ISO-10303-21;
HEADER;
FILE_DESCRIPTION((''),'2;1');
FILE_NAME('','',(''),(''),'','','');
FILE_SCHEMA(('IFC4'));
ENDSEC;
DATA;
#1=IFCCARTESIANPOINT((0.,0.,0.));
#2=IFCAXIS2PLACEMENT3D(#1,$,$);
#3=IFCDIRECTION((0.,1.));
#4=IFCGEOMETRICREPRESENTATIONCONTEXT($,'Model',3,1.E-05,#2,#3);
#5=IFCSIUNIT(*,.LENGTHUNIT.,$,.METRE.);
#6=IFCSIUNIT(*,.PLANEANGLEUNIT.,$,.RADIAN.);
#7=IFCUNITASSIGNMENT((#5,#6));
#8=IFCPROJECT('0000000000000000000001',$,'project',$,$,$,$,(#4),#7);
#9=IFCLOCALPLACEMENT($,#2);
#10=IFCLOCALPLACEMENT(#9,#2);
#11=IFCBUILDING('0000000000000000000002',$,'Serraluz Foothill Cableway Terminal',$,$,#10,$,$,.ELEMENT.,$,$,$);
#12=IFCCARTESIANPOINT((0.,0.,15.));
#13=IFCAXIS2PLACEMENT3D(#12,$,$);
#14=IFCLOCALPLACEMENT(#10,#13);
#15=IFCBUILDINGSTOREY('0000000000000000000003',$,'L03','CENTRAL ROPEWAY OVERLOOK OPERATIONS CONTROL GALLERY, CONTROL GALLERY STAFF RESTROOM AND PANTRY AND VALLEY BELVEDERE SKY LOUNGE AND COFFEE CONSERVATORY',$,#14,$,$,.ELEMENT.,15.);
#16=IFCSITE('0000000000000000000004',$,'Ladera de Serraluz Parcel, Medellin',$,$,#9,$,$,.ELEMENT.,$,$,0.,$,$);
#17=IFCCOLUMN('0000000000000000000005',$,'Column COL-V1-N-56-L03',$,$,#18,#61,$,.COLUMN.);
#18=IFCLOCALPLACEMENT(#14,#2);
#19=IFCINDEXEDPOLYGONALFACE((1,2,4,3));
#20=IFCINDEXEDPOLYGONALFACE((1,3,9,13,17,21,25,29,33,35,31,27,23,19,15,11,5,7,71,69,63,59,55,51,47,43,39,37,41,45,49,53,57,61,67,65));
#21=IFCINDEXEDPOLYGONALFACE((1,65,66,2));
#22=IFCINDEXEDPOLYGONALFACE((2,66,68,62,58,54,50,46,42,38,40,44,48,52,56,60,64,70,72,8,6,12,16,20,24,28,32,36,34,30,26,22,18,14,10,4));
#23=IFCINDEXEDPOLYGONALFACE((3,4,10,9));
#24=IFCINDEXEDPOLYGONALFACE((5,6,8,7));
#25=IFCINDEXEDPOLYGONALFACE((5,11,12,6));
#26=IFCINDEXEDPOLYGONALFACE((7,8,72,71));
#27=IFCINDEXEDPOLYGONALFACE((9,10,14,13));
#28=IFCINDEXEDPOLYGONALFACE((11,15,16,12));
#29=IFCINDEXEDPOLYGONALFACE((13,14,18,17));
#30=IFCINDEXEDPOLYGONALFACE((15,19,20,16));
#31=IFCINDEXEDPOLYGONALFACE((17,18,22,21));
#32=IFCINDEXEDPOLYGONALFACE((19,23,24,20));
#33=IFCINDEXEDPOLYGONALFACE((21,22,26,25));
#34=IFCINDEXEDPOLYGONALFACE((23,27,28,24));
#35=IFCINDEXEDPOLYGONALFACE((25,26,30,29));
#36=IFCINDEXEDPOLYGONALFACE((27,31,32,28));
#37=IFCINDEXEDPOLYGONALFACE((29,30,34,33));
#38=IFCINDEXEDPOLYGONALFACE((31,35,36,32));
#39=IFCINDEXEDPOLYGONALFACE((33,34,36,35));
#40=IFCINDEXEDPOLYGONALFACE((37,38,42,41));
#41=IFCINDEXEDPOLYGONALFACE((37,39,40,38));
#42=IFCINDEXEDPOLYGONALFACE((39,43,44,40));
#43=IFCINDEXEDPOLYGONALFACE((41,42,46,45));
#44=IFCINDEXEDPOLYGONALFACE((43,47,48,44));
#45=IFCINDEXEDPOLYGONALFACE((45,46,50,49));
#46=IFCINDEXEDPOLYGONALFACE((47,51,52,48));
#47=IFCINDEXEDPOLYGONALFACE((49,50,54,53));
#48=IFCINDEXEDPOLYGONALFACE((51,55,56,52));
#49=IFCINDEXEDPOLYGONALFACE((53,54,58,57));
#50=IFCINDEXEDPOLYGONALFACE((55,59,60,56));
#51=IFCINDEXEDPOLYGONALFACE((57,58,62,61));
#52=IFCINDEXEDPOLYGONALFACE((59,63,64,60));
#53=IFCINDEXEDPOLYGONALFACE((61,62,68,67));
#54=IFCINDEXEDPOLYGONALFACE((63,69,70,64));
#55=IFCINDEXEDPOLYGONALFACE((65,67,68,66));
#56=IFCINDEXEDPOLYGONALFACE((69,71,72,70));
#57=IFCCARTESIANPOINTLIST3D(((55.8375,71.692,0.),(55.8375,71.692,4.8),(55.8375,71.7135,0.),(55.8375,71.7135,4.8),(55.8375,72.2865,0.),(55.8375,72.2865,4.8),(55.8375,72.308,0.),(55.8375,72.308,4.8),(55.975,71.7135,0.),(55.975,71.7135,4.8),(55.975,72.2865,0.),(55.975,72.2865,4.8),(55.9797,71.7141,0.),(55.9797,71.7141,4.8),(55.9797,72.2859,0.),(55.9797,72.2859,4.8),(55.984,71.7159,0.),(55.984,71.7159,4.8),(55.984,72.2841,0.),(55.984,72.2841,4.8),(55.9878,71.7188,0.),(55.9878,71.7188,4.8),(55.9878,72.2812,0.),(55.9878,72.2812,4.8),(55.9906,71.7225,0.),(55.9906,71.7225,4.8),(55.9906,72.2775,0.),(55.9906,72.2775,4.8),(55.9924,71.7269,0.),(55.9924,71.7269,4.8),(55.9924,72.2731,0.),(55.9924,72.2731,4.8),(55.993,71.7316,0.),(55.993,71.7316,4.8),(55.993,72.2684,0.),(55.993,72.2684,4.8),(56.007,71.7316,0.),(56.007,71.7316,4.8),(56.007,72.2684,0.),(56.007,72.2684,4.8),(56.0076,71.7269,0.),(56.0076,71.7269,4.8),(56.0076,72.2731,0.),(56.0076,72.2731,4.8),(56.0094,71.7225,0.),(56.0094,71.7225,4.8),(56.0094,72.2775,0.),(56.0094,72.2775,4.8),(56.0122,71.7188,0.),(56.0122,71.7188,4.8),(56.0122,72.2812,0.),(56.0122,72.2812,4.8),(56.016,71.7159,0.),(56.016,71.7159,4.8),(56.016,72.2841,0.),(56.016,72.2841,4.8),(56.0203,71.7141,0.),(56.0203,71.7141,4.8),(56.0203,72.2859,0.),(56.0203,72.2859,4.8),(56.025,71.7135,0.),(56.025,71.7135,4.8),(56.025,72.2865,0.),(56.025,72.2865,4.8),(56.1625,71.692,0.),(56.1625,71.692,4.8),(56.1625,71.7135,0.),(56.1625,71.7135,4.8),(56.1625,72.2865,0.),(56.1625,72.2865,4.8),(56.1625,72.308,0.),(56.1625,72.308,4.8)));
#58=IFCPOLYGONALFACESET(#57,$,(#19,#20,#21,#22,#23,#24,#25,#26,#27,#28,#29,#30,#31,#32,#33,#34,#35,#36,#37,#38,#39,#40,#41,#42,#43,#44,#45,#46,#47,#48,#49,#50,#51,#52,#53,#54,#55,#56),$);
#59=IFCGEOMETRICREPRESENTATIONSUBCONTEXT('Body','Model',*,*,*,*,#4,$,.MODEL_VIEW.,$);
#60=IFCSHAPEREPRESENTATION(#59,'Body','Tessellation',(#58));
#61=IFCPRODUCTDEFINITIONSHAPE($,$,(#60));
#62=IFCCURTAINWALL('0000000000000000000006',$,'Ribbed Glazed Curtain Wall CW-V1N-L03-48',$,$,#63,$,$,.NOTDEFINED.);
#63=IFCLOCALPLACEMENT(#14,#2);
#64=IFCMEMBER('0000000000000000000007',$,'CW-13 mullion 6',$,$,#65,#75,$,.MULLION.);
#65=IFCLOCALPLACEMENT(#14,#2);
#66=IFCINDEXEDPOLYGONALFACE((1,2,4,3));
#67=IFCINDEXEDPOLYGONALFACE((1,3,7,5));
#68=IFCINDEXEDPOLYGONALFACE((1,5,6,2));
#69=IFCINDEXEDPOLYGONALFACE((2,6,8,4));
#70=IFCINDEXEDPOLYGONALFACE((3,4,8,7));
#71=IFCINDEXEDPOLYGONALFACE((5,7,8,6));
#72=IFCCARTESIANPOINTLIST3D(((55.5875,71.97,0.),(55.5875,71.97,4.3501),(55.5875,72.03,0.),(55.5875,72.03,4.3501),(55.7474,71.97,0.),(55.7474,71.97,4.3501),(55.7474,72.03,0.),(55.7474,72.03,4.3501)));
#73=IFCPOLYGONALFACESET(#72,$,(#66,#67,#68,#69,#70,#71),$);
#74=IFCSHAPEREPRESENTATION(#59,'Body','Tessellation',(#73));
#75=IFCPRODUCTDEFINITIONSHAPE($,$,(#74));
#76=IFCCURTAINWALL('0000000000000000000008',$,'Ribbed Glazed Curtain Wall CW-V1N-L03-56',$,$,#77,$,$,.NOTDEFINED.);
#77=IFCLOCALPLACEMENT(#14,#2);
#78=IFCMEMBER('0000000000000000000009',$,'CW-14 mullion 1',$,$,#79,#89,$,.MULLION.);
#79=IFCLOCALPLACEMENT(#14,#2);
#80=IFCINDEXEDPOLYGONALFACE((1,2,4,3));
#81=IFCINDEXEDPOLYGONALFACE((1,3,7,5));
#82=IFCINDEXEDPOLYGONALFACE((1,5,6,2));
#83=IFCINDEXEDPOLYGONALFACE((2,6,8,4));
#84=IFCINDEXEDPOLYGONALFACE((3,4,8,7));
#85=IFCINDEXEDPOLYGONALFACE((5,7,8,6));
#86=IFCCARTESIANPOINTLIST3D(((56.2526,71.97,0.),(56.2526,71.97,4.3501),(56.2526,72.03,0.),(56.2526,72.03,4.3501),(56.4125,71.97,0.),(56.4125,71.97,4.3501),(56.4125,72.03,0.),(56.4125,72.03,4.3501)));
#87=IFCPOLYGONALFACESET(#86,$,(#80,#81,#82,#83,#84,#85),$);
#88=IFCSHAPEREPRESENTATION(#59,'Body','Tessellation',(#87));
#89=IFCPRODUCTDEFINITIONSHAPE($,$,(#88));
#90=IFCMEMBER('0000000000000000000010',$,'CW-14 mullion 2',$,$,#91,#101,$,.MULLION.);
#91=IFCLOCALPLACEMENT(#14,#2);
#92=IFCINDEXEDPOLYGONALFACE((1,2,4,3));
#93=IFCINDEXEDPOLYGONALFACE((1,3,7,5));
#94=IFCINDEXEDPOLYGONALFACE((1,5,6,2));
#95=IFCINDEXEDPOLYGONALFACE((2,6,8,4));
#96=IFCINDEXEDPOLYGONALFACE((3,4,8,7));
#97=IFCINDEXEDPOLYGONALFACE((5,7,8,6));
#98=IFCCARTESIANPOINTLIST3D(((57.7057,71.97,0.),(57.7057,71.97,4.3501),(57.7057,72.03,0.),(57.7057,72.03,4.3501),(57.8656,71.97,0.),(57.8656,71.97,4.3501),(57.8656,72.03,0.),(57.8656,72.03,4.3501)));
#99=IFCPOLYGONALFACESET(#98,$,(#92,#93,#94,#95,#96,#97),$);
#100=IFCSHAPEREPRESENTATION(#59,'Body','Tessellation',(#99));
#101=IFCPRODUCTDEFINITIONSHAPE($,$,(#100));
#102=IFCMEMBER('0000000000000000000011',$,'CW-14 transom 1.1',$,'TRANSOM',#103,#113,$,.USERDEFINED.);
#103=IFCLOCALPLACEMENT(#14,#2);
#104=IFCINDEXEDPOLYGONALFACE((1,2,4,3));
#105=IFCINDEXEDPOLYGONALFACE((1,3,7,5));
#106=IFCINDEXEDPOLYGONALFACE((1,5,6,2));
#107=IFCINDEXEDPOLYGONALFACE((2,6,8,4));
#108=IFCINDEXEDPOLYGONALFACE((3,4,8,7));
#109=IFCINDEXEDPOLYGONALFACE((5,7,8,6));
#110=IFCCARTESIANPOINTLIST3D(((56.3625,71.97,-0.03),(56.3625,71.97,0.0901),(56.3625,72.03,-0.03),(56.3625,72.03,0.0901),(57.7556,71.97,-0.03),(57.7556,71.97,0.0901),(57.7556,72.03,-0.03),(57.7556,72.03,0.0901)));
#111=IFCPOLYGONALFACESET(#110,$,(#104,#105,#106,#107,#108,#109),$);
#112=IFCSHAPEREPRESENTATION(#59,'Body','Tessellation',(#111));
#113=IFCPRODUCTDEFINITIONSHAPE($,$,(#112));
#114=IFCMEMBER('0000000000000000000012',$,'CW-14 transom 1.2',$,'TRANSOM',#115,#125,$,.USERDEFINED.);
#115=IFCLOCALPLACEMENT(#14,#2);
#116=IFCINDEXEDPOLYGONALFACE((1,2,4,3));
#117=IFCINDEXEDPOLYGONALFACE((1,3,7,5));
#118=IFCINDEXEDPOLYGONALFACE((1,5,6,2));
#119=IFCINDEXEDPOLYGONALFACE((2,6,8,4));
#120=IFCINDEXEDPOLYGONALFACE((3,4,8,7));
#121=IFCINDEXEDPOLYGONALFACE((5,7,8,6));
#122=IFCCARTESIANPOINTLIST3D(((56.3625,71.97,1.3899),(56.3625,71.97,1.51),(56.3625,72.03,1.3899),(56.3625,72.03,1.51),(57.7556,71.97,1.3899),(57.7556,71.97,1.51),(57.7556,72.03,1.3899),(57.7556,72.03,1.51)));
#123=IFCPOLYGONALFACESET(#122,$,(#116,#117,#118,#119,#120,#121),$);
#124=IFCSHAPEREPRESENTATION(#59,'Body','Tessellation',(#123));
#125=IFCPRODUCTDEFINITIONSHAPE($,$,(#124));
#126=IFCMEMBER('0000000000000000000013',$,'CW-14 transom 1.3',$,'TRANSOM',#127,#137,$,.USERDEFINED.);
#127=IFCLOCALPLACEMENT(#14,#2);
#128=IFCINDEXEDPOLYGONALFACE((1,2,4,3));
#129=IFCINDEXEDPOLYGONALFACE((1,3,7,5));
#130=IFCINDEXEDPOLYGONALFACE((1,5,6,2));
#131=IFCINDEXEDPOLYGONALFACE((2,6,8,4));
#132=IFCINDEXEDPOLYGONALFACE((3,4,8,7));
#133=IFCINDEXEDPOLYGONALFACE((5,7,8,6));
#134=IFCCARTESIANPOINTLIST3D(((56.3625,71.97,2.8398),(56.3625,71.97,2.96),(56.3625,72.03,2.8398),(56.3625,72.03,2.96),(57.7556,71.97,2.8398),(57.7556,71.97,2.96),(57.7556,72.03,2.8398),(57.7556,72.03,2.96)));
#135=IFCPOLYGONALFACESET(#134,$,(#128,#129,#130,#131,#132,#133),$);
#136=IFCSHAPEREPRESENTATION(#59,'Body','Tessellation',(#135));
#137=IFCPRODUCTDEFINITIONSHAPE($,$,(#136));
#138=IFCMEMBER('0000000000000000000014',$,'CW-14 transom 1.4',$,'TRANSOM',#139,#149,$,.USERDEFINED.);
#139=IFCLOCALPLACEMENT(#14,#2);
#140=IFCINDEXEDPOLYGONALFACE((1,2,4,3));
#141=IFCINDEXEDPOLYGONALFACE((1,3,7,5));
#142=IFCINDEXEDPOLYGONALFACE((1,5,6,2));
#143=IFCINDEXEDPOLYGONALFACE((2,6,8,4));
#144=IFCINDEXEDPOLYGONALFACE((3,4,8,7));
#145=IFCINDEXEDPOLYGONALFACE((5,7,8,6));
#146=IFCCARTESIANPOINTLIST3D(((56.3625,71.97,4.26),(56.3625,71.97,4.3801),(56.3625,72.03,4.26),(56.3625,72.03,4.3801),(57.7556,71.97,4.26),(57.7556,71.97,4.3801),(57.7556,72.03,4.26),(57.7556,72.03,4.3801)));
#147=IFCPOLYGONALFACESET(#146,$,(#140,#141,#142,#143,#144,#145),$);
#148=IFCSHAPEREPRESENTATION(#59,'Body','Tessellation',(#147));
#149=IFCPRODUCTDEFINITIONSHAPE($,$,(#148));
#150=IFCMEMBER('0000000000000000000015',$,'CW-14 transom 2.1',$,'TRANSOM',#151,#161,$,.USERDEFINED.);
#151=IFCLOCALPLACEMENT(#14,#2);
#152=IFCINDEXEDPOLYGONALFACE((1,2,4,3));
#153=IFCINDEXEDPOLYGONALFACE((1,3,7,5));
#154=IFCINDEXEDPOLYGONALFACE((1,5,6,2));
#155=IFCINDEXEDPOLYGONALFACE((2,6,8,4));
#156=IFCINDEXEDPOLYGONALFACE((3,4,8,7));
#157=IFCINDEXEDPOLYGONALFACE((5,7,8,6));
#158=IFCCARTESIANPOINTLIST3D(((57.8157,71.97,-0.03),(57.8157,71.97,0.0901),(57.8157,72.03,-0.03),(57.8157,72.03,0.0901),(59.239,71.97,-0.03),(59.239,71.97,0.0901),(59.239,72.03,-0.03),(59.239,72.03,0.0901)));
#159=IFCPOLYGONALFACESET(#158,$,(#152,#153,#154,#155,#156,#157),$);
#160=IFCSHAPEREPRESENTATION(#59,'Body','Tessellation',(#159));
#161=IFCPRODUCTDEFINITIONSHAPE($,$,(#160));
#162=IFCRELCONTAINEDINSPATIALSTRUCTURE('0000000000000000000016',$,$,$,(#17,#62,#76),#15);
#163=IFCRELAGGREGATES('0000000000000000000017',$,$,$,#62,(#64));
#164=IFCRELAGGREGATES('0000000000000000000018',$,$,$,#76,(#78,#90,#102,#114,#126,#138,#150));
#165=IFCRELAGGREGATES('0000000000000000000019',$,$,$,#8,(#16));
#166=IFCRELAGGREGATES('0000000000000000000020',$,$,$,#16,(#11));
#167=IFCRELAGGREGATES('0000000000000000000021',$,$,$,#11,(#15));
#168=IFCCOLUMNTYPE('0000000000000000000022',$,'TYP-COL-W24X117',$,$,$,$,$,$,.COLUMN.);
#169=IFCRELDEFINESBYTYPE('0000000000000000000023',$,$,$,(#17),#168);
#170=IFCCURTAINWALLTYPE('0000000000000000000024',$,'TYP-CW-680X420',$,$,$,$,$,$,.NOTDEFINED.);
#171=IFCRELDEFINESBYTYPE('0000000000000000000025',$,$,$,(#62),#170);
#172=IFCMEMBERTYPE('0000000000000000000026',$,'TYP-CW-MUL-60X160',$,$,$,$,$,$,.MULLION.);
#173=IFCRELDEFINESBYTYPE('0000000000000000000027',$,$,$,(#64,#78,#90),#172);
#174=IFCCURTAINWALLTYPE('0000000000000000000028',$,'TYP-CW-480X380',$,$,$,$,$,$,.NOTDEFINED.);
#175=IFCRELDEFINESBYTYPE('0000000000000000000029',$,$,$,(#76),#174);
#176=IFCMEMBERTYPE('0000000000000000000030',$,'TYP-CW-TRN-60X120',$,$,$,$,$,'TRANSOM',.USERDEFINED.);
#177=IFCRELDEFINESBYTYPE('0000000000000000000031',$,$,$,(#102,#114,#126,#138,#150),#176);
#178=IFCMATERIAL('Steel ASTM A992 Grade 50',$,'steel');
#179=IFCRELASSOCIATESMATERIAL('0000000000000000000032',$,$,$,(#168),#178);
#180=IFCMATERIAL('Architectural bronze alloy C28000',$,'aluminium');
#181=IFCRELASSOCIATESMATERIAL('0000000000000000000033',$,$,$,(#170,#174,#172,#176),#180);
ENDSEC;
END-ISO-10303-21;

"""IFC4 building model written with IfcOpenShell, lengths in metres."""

from ifc_helpers import new_model, si_unit, direction, frame, origin, origin_2d, place, context, subcontext, project, spatial, rectangle, i_section, extrude, material, material_profile, profile_set, type_object, element, aggregate, save


model = new_model("IFC4")

# Units and contexts
model_context = context("Model", 3, precision=1e-05, world=origin(), true_north=direction((0.0, 1.0)))
body_context = subcontext(model_context, "Body", "Model", "MODEL_VIEW")
ifc_project = project(units=[si_unit("LENGTHUNIT", "METRE"), si_unit("PLANEANGLEUNIT", "RADIAN")], contexts=[model_context])

# Site, building, storey
site_placement = place(None, origin())
site = spatial("IfcSite", under=ifc_project, at=site_placement, Name="Ladera de Serraluz Parcel, Medellin", CompositionType="ELEMENT", RefElevation=0.0)
building_placement = place(site_placement, origin())
building = spatial("IfcBuilding", under=site, at=building_placement, Name="Serraluz Foothill Cableway Terminal", CompositionType="ELEMENT")
storey_placement = place(building_placement, frame((0.0, 0.0, 15.0)))
storey = spatial("IfcBuildingStorey", under=building, at=storey_placement, Name="L03", Description="CENTRAL ROPEWAY OVERLOOK OPERATIONS CONTROL GALLERY, CONTROL GALLERY STAFF RESTROOM AND PANTRY AND VALLEY BELVEDERE SKY LOUNGE AND COFFEE CONSERVATORY", CompositionType="ELEMENT", Elevation=15.0)

# Column
ifc_material_1 = material(Name="Steel ASTM A992 Grade 50", Category="steel")
ifc_material_profile_1 = material_profile(ifc_material_1, i_section(OverallWidth=0.325, OverallDepth=0.616, WebThickness=0.0139, FlangeThickness=0.0215, FilletRadius=0.0181, at=origin_2d()), Name="W24X117")
ifc_profile_set_1 = profile_set([ifc_material_profile_1], Name="Steel ASTM A992 Grade 50")
column_type = type_object("IfcColumnType", Name="TYP-COL-W24X117", PredefinedType="COLUMN", material=ifc_profile_set_1)
column_placement = place(storey_placement, frame((56.0, 72.0, 0.0), z_axis=(0.0, 0.0, 1.0), x_axis=(1.0, 0.0, 0.0)))
element("IfcColumn", 1, at=column_placement, inside=storey, type_object=column_type, Name="Column COL-V1-N-56-L03", PredefinedType="COLUMN", context=body_context, shape_type="SweptSolid", body=[
    extrude(i_section(OverallWidth=0.325, OverallDepth=0.616, WebThickness=0.0139, FlangeThickness=0.0215, FilletRadius=0.0181, at=origin_2d()), origin(), (0.0, 0.0, 1.0), 4.8),
])

# Curtain wall, member
ifc_material_2 = material(Name="Architectural bronze alloy C28000", Category="aluminium")
curtain_wall_type_1 = type_object("IfcCurtainWallType", Name="TYP-CW-680X420", PredefinedType="NOTDEFINED", material=ifc_material_2)
curtain_wall_1_placement = place(storey_placement, origin())
curtain_wall_1 = element("IfcCurtainWall", 2, at=curtain_wall_1_placement, inside=storey, type_object=curtain_wall_type_1, Name="Ribbed Glazed Curtain Wall CW-V1N-L03-48", PredefinedType="NOTDEFINED")
ifc_material_profile_2 = material_profile(ifc_material_2, rectangle(XDim=0.0601, YDim=0.1599, at=origin_2d()), Name="ALU MULLION 60x160")
ifc_profile_set_2 = profile_set([ifc_material_profile_2], Name="Architectural bronze alloy C28000")
member_type_1 = type_object("IfcMemberType", Name="TYP-CW-MUL-60X160", PredefinedType="MULLION", material=ifc_profile_set_2)
member_1_placement = place(storey_placement, frame((55.6675, 72.0, 0.0), z_axis=(0.0, 0.0, 1.0), x_axis=(0.0, 1.0, 0.0)))
member_1 = element("IfcMember", 3, at=member_1_placement, type_object=member_type_1, Name="CW-13 mullion 6", PredefinedType="MULLION", context=body_context, shape_type="SweptSolid", body=[
    extrude(rectangle(XDim=0.0601, YDim=0.1599, at=origin_2d()), origin(), (0.0, 0.0, 1.0), 4.3501),
])

# Curtain wall, members
curtain_wall_type_2 = type_object("IfcCurtainWallType", Name="TYP-CW-480X380", PredefinedType="NOTDEFINED", material=ifc_material_2)
curtain_wall_2_placement = place(storey_placement, origin())
curtain_wall_2 = element("IfcCurtainWall", 4, at=curtain_wall_2_placement, inside=storey, type_object=curtain_wall_type_2, Name="Ribbed Glazed Curtain Wall CW-V1N-L03-56", PredefinedType="NOTDEFINED")
member_2_placement = place(storey_placement, frame((56.3325, 72.0, 0.0), z_axis=(0.0, 0.0, 1.0), x_axis=(0.0, 1.0, 0.0)))
member_2 = element("IfcMember", 5, at=member_2_placement, type_object=member_type_1, Name="CW-14 mullion 1", PredefinedType="MULLION", context=body_context, shape_type="SweptSolid", body=[
    extrude(rectangle(XDim=0.0601, YDim=0.1599, at=origin_2d()), origin(), (0.0, 0.0, 1.0), 4.3501),
])
member_3_placement = place(storey_placement, frame((57.7856, 72.0, 0.0), z_axis=(0.0, 0.0, 1.0), x_axis=(0.0, 1.0, 0.0)))
member_3 = element("IfcMember", 6, at=member_3_placement, type_object=member_type_1, Name="CW-14 mullion 2", PredefinedType="MULLION", context=body_context, shape_type="SweptSolid", body=[
    extrude(rectangle(XDim=0.0601, YDim=0.1599, at=origin_2d()), origin(), (0.0, 0.0, 1.0), 4.3501),
])
ifc_material_profile_3 = material_profile(ifc_material_2, rectangle(XDim=0.0601, YDim=0.1201, at=origin_2d()), Name="ALU TRANSOM 60x120")
ifc_profile_set_3 = profile_set([ifc_material_profile_3], Name="Architectural bronze alloy C28000")
member_type_2 = type_object("IfcMemberType", Name="TYP-CW-TRN-60X120", ElementType="TRANSOM", PredefinedType="USERDEFINED", material=ifc_profile_set_3)
member_4_placement = place(storey_placement, frame((56.3625, 72.0, 0.03), z_axis=(1.0, 0.0, 0.0), x_axis=(0.0, 1.0, 0.0)))
member_4 = element("IfcMember", 7, at=member_4_placement, type_object=member_type_2, Name="CW-14 transom 1.1", ObjectType="TRANSOM", PredefinedType="USERDEFINED", context=body_context, shape_type="SweptSolid", body=[
    extrude(rectangle(XDim=0.0601, YDim=0.1201, at=origin_2d()), origin(), (0.0, 0.0, 1.0), 1.3931),
])
member_5_placement = place(storey_placement, frame((56.3625, 72.0, 1.45), z_axis=(1.0, 0.0, 0.0), x_axis=(0.0, 1.0, 0.0)))
member_5 = element("IfcMember", 8, at=member_5_placement, type_object=member_type_2, Name="CW-14 transom 1.2", ObjectType="TRANSOM", PredefinedType="USERDEFINED", context=body_context, shape_type="SweptSolid", body=[
    extrude(rectangle(XDim=0.0601, YDim=0.1201, at=origin_2d()), origin(), (0.0, 0.0, 1.0), 1.3931),
])
member_6_placement = place(storey_placement, frame((56.3625, 72.0, 2.8999), z_axis=(1.0, 0.0, 0.0), x_axis=(0.0, 1.0, 0.0)))
member_6 = element("IfcMember", 9, at=member_6_placement, type_object=member_type_2, Name="CW-14 transom 1.3", ObjectType="TRANSOM", PredefinedType="USERDEFINED", context=body_context, shape_type="SweptSolid", body=[
    extrude(rectangle(XDim=0.0601, YDim=0.1201, at=origin_2d()), origin(), (0.0, 0.0, 1.0), 1.3931),
])
member_7_placement = place(storey_placement, frame((56.3625, 72.0, 4.3201), z_axis=(1.0, 0.0, 0.0), x_axis=(0.0, 1.0, 0.0)))
member_7 = element("IfcMember", 10, at=member_7_placement, type_object=member_type_2, Name="CW-14 transom 1.4", ObjectType="TRANSOM", PredefinedType="USERDEFINED", context=body_context, shape_type="SweptSolid", body=[
    extrude(rectangle(XDim=0.0601, YDim=0.1201, at=origin_2d()), origin(), (0.0, 0.0, 1.0), 1.3931),
])
member_8_placement = place(storey_placement, frame((57.8157, 72.0, 0.03), z_axis=(1.0, 0.0, 0.0), x_axis=(0.0, 1.0, 0.0)))
member_8 = element("IfcMember", 11, at=member_8_placement, type_object=member_type_2, Name="CW-14 transom 2.1", ObjectType="TRANSOM", PredefinedType="USERDEFINED", context=body_context, shape_type="SweptSolid", body=[
    extrude(rectangle(XDim=0.0601, YDim=0.1201, at=origin_2d()), origin(), (0.0, 0.0, 1.0), 1.4233),
])

aggregate(curtain_wall_1, [member_1])
aggregate(curtain_wall_2, [member_2, member_3, member_4, member_5, member_6, member_7, member_8])

save(model, "model.ifc")
